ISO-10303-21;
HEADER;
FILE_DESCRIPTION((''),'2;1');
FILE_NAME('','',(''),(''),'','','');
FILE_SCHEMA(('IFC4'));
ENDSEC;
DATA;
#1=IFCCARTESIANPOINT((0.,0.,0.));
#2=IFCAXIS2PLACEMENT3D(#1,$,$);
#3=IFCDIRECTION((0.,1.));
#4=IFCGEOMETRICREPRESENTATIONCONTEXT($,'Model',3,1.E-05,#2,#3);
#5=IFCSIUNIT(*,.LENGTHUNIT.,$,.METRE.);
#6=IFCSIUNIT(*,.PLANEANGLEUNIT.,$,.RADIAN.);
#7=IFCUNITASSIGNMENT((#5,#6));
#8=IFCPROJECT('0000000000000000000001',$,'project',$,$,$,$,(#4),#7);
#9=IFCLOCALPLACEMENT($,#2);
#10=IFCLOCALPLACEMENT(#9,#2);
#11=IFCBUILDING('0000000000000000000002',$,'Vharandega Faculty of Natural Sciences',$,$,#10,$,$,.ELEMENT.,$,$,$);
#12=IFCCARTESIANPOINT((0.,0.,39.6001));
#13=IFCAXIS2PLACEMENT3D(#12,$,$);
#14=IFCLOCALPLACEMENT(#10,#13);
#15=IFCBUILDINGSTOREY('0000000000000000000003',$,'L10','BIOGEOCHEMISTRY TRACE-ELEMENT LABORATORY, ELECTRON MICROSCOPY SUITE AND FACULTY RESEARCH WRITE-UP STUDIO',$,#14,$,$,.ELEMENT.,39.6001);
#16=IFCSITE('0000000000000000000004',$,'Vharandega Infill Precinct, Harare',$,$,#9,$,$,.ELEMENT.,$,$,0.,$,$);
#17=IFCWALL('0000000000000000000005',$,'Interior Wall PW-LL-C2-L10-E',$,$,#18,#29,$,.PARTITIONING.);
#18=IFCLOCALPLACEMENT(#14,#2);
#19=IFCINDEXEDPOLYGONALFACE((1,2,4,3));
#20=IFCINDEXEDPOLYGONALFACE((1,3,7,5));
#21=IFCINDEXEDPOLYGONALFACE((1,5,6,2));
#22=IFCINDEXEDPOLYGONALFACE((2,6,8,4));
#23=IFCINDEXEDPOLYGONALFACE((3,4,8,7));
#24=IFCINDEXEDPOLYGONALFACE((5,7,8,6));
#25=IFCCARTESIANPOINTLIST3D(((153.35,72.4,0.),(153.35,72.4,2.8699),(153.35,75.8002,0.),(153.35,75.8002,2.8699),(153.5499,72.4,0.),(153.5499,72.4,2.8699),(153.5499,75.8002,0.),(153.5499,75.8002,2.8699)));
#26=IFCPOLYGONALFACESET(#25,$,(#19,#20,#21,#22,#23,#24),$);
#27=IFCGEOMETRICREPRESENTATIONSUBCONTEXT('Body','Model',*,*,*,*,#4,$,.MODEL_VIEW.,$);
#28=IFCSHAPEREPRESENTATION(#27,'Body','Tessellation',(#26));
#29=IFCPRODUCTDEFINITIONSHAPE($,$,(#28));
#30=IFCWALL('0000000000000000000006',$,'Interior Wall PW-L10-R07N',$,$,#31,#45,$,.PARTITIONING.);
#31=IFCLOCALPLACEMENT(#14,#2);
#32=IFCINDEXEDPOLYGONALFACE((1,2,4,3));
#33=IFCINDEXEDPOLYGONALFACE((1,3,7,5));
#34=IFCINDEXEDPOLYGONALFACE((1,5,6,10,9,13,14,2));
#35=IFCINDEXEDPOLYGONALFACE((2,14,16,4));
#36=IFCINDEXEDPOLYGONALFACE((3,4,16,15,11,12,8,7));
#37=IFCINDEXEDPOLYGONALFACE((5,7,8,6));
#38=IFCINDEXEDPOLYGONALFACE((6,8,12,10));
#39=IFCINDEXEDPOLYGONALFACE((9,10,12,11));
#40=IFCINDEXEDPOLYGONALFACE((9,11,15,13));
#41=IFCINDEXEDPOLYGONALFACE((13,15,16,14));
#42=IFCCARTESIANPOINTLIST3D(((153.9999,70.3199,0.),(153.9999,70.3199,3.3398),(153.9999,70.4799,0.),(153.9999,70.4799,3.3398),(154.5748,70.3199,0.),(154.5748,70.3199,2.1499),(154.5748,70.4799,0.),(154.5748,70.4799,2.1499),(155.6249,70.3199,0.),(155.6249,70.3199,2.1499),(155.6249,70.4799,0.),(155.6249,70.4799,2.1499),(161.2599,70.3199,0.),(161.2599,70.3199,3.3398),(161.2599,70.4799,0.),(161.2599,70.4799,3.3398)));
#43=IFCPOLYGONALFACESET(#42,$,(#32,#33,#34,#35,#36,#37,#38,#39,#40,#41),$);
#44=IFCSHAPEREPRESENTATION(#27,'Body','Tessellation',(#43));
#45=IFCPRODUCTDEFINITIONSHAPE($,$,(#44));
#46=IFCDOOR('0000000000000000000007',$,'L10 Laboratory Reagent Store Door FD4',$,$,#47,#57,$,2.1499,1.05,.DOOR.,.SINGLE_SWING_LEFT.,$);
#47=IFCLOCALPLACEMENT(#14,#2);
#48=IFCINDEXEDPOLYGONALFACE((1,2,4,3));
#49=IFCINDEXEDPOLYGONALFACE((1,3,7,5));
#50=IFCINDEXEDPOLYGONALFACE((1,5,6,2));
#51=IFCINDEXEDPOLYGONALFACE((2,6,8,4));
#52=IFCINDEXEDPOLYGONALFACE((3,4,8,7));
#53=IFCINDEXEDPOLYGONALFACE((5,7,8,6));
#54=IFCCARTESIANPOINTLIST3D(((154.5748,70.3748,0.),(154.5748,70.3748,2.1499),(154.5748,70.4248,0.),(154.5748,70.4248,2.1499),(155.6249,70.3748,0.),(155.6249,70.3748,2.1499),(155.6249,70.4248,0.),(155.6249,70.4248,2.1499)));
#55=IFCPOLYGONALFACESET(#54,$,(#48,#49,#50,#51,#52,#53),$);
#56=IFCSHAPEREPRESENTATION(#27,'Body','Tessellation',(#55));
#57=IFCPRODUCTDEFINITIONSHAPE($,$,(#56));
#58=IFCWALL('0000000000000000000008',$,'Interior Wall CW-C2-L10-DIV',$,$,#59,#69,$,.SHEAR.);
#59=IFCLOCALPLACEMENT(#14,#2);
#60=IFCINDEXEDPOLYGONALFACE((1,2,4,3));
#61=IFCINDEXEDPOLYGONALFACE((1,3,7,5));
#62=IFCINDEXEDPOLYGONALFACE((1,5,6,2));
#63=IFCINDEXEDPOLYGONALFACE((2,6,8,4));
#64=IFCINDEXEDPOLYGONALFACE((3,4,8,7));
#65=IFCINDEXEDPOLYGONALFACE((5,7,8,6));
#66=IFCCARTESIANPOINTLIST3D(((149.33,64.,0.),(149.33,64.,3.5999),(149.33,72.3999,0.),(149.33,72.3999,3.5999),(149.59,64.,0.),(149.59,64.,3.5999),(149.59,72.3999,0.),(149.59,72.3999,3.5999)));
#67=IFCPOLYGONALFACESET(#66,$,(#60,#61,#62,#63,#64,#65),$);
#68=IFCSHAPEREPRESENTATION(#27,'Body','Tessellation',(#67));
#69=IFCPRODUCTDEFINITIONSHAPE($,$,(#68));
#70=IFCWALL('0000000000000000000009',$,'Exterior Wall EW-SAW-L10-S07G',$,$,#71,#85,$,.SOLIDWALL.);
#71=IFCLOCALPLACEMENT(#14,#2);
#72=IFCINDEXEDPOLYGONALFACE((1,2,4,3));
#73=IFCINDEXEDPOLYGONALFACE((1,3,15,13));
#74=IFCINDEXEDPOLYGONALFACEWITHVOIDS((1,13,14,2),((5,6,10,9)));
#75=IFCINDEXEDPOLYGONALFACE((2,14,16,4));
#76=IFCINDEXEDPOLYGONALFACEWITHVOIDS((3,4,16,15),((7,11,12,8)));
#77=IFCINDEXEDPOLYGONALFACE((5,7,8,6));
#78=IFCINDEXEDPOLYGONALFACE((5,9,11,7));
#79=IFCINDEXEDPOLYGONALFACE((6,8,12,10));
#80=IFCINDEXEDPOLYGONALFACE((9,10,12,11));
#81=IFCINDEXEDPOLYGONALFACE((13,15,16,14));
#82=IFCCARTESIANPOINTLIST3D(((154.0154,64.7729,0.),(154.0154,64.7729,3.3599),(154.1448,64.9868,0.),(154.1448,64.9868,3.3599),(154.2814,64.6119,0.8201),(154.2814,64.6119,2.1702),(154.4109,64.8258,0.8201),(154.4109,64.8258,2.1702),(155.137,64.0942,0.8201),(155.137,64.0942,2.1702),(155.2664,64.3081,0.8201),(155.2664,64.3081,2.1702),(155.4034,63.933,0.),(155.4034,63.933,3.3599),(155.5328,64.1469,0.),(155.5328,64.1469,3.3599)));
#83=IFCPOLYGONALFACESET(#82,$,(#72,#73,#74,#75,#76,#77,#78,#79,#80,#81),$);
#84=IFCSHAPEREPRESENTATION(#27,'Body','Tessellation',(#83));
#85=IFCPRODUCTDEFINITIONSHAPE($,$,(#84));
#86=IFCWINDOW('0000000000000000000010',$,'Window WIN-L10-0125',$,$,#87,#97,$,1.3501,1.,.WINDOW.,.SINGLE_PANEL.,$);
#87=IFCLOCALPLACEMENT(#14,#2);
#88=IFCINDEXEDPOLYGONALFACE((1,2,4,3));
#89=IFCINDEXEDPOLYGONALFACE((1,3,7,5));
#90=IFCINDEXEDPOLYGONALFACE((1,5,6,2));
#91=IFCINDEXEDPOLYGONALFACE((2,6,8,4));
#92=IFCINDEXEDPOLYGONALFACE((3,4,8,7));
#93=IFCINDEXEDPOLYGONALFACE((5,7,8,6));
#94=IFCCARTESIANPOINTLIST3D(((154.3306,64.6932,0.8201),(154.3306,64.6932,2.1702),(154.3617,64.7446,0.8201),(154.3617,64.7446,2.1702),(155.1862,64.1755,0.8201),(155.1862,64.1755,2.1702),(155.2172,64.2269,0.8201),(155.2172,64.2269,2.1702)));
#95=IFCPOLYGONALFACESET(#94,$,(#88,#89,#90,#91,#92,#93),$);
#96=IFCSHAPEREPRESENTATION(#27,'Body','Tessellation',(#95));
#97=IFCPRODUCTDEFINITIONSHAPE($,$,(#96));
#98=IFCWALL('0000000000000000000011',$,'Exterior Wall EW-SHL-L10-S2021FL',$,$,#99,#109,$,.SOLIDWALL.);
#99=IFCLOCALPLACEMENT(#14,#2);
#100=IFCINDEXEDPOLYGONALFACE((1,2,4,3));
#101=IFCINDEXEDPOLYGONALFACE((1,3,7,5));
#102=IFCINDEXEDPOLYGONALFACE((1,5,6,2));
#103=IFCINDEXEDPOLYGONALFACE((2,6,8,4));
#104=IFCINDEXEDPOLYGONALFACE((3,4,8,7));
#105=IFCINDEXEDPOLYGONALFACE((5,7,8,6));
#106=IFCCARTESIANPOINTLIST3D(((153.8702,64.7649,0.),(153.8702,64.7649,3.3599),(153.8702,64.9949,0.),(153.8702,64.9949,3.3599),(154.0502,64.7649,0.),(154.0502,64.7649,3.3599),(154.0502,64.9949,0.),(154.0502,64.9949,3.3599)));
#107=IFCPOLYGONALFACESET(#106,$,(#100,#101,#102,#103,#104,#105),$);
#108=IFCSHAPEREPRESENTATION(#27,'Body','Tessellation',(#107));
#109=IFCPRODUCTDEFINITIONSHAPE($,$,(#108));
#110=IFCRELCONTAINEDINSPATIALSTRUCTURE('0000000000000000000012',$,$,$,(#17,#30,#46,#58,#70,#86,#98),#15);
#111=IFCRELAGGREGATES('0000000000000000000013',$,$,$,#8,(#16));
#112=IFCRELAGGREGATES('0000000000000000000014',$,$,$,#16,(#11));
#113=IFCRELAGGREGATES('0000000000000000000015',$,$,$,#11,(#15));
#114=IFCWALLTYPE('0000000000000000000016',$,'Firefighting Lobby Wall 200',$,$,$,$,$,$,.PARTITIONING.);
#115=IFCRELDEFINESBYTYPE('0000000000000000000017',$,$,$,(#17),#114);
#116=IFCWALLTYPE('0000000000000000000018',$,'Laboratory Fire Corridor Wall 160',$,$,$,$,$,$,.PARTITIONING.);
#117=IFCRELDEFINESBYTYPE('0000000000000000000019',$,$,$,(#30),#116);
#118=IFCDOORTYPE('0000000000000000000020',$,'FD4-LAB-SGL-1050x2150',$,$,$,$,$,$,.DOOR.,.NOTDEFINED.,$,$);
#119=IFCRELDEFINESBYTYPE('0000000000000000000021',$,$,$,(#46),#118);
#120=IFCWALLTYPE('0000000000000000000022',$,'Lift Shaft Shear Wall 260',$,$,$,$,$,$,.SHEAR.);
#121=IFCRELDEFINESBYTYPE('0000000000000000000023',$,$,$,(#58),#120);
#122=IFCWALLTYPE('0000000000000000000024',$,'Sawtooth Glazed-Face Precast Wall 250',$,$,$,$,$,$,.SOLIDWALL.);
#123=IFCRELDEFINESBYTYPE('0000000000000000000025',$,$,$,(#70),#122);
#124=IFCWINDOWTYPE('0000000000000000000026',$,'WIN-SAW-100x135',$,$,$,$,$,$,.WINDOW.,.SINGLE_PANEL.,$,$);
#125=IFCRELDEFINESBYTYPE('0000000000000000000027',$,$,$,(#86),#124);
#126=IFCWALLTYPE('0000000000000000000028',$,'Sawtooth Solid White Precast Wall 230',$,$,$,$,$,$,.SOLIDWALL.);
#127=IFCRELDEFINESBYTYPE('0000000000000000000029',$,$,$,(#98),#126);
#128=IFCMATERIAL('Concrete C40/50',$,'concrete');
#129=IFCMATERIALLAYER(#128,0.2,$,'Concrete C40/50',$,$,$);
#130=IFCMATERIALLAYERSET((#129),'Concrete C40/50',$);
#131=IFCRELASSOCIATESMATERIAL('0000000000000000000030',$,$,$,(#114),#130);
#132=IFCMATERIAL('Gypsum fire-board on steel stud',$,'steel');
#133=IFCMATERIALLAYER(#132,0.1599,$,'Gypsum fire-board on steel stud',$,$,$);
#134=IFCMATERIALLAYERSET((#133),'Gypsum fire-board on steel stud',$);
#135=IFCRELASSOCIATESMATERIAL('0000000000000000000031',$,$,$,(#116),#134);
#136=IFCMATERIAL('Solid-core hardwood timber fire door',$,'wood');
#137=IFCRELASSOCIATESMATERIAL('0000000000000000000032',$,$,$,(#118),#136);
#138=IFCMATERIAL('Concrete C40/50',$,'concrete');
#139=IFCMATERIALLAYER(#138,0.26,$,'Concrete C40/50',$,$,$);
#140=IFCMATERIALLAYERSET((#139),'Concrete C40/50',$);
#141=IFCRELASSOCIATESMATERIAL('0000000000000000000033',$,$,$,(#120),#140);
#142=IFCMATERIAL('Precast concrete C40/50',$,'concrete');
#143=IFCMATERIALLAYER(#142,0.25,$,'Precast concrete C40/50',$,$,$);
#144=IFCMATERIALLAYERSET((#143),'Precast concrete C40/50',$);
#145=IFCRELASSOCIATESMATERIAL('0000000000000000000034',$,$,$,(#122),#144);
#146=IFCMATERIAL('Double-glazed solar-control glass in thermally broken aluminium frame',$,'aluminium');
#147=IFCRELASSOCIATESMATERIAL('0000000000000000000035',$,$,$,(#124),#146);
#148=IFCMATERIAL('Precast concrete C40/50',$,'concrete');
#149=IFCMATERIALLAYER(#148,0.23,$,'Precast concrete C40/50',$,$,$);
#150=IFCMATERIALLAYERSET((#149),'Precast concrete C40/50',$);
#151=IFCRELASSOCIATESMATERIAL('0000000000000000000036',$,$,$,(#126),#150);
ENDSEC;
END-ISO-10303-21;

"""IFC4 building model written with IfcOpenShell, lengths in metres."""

from ifc_helpers import new_model, si_unit, direction, frame, frame_2d, origin, place, context, subcontext, project, spatial, rectangle, extrude, material, layer, layer_set, type_object, element, fill, save


model = new_model("IFC4")

# Units and contexts
model_context = context("Model", 3, precision=1e-05, world=origin(), true_north=direction((0.0, 1.0)))
body_context = subcontext(model_context, "Body", "Model", "MODEL_VIEW")
ifc_project = project(units=[si_unit("LENGTHUNIT", "METRE"), si_unit("PLANEANGLEUNIT", "RADIAN")], contexts=[model_context])

# Site, building, storey
site_placement = place(None, origin())
site = spatial("IfcSite", under=ifc_project, at=site_placement, Name="Vharandega Infill Precinct, Harare", CompositionType="ELEMENT", RefElevation=0.0)
building_placement = place(site_placement, origin())
building = spatial("IfcBuilding", under=site, at=building_placement, Name="Vharandega Faculty of Natural Sciences", CompositionType="ELEMENT")
storey_placement = place(building_placement, frame((0.0, 0.0, 39.6001)))
storey = spatial("IfcBuildingStorey", under=building, at=storey_placement, Name="L10", Description="BIOGEOCHEMISTRY TRACE-ELEMENT LABORATORY, ELECTRON MICROSCOPY SUITE AND FACULTY RESEARCH WRITE-UP STUDIO", CompositionType="ELEMENT", Elevation=39.6001)

# Shared definitions
ifc_material_1 = material(Name="Concrete C40/50", Category="concrete")
ifc_layer_1 = layer(ifc_material_1, 0.2, Name="Concrete C40/50")
ifc_layer_set_1 = layer_set([ifc_layer_1], Name="Concrete C40/50")
wall_type_1 = type_object("IfcWallType", Name="Firefighting Lobby Wall 200", PredefinedType="PARTITIONING", material=ifc_layer_set_1)

# Wall
wall_1_placement = place(storey_placement, frame((153.45, 72.3999, 0.0), z_axis=(0.0, 0.0, 1.0), x_axis=(0.0, 1.0, 0.0)))
element("IfcWall", 1, at=wall_1_placement, inside=storey, type_object=wall_type_1, Name="Interior Wall PW-LL-C2-L10-E", PredefinedType="PARTITIONING", context=body_context, shape_type="SweptSolid", body=[
    extrude(rectangle(XDim=3.4001, YDim=0.2, at=frame_2d((1.7002, 0.0))), origin(), (0.0, 0.0, 1.0), 2.8699),
])

# Wall, opening, door
ifc_material_2 = material(Name="Gypsum fire-board on steel stud", Category="steel")
ifc_layer_2 = layer(ifc_material_2, 0.1599, Name="Gypsum fire-board on steel stud")
ifc_layer_set_2 = layer_set([ifc_layer_2], Name="Gypsum fire-board on steel stud")
wall_type_2 = type_object("IfcWallType", Name="Laboratory Fire Corridor Wall 160", PredefinedType="PARTITIONING", material=ifc_layer_set_2)
wall_2_placement = place(storey_placement, frame((154.0, 70.3999, 0.0), z_axis=(0.0, 0.0, 1.0), x_axis=(1.0, 0.0, 0.0)))
wall_2 = element("IfcWall", 2, at=wall_2_placement, inside=storey, type_object=wall_type_2, Name="Interior Wall PW-L10-R07N", PredefinedType="PARTITIONING", context=body_context, shape_type="SweptSolid", body=[
    extrude(rectangle(XDim=7.26, YDim=0.1599, at=frame_2d((3.6299, 0.0))), origin(), (0.0, 0.0, 1.0), 3.3398),
])
opening_1_placement = place(wall_2_placement, frame((0.575, 0.0, 0.0)))
opening_1 = element("IfcOpeningElement", 3, at=opening_1_placement, cuts=wall_2, PredefinedType="OPENING", context=body_context, shape_type="SweptSolid", body=[
    extrude(rectangle(XDim=1.05, YDim=2.1499, at=frame_2d((0.5249, 1.075))), frame((0.0, 0.0898, 0.0), z_axis=(0.0, -1.0, 0.0), x_axis=(1.0, 0.0, 0.0)), (0.0, 0.0, 1.0), 0.1799),
])
ifc_material_3 = material(Name="Solid-core hardwood timber fire door", Category="wood")
door_type_1 = type_object("IfcDoorType", Name="FD4-LAB-SGL-1050x2150", OperationType="NOTDEFINED", PredefinedType="DOOR", material=ifc_material_3)
door_1_placement = place(opening_1_placement, origin())
door_1 = element("IfcDoor", 4, at=door_1_placement, inside=storey, type_object=door_type_1, Name="L10 Laboratory Reagent Store Door FD4", OperationType="SINGLE_SWING_LEFT", OverallHeight=2.1499, OverallWidth=1.05, PredefinedType="DOOR", context=body_context, shape_type="SweptSolid", body=[
    extrude(rectangle(XDim=1.05, YDim=2.1499, at=frame_2d((0.5249, 1.075))), frame((0.0, 0.0249, 0.0), z_axis=(0.0, -1.0, 0.0), x_axis=(1.0, 0.0, 0.0)), (0.0, 0.0, 1.0), 0.05),
])
fill(opening_1, door_1)

# Wall
ifc_material_4 = material(Name="Concrete C40/50", Category="concrete")
ifc_layer_3 = layer(ifc_material_4, 0.26, Name="Concrete C40/50")
ifc_layer_set_3 = layer_set([ifc_layer_3], Name="Concrete C40/50")
wall_type_3 = type_object("IfcWallType", Name="Lift Shaft Shear Wall 260", PredefinedType="SHEAR", material=ifc_layer_set_3)
wall_3_placement = place(storey_placement, frame((149.46, 64.0, 0.0), z_axis=(0.0, 0.0, 1.0), x_axis=(0.0, 1.0, 0.0)))
element("IfcWall", 5, at=wall_3_placement, inside=storey, type_object=wall_type_3, Name="Interior Wall CW-C2-L10-DIV", PredefinedType="SHEAR", context=body_context, shape_type="SweptSolid", body=[
    extrude(rectangle(XDim=8.3999, YDim=0.26, at=frame_2d((4.2, 0.0))), origin(), (0.0, 0.0, 1.0), 3.5999),
])

# Wall, opening, window
ifc_material_5 = material(Name="Precast concrete C40/50", Category="concrete")
ifc_layer_4 = layer(ifc_material_5, 0.25, Name="Precast concrete C40/50")
ifc_layer_set_4 = layer_set([ifc_layer_4], Name="Precast concrete C40/50")
wall_type_4 = type_object("IfcWallType", Name="Sawtooth Glazed-Face Precast Wall 250", PredefinedType="SOLIDWALL", material=ifc_layer_set_4)
wall_4_placement = place(storey_placement, frame((155.468, 64.04, 0.0), z_axis=(0.0, 0.0, 1.0), x_axis=(-0.855561, 0.517701, 0.0)))
wall_4 = element("IfcWall", 6, at=wall_4_placement, inside=storey, type_object=wall_type_4, Name="Exterior Wall EW-SAW-L10-S07G", PredefinedType="SOLIDWALL", context=body_context, shape_type="SweptSolid", body=[
    extrude(rectangle(XDim=1.6223, YDim=0.25, at=frame_2d((0.811, 0.0))), origin(), (0.0, 0.0, 1.0), 3.3599),
])
opening_2_placement = place(wall_4_placement, frame((0.3113, 0.0, 0.8201)))
opening_2 = element("IfcOpeningElement", 7, at=opening_2_placement, cuts=wall_4, PredefinedType="OPENING", context=body_context, shape_type="SweptSolid", body=[
    extrude(rectangle(XDim=1.0, YDim=1.3501, at=frame_2d((0.5, 0.675))), frame((0.0, 0.135, 0.0), z_axis=(0.0, -1.0, 0.0), x_axis=(1.0, 0.0, 0.0)), (0.0, 0.0, 1.0), 0.27),
])
ifc_material_6 = material(Name="Double-glazed solar-control glass in thermally broken aluminium frame", Category="aluminium")
window_type = type_object("IfcWindowType", Name="WIN-SAW-100x135", PartitioningType="SINGLE_PANEL", PredefinedType="WINDOW", material=ifc_material_6)
window_placement = place(opening_2_placement, origin())
window = element("IfcWindow", 8, at=window_placement, inside=storey, type_object=window_type, Name="Window WIN-L10-0125", OverallHeight=1.3501, OverallWidth=1.0, PartitioningType="SINGLE_PANEL", PredefinedType="WINDOW", context=body_context, shape_type="SweptSolid", body=[
    extrude(rectangle(XDim=1.0, YDim=1.3501, at=frame_2d((0.5, 0.675))), frame((0.0, 0.03, 0.0), z_axis=(0.0, -1.0, 0.0), x_axis=(1.0, 0.0, 0.0)), (0.0, 0.0, 1.0), 0.0601),
])
fill(opening_2, window)

# Wall
ifc_material_7 = material(Name="Precast concrete C40/50", Category="concrete")
ifc_layer_5 = layer(ifc_material_7, 0.23, Name="Precast concrete C40/50")
ifc_layer_set_5 = layer_set([ifc_layer_5], Name="Precast concrete C40/50")
wall_type_5 = type_object("IfcWallType", Name="Sawtooth Solid White Precast Wall 230", PredefinedType="SOLIDWALL", material=ifc_layer_set_5)
wall_5_placement = place(storey_placement, frame((154.05, 64.8799, 0.0), z_axis=(0.0, 0.0, 1.0), x_axis=(-1.0, 0.0, 0.0)))
element("IfcWall", 9, at=wall_5_placement, inside=storey, type_object=wall_type_5, Name="Exterior Wall EW-SHL-L10-S2021FL", PredefinedType="SOLIDWALL", context=body_context, shape_type="SweptSolid", body=[
    extrude(rectangle(XDim=0.1799, YDim=0.23, at=frame_2d((0.0898, 0.0))), origin(), (0.0, 0.0, 1.0), 3.3599),
])

save(model, "model.ifc")
